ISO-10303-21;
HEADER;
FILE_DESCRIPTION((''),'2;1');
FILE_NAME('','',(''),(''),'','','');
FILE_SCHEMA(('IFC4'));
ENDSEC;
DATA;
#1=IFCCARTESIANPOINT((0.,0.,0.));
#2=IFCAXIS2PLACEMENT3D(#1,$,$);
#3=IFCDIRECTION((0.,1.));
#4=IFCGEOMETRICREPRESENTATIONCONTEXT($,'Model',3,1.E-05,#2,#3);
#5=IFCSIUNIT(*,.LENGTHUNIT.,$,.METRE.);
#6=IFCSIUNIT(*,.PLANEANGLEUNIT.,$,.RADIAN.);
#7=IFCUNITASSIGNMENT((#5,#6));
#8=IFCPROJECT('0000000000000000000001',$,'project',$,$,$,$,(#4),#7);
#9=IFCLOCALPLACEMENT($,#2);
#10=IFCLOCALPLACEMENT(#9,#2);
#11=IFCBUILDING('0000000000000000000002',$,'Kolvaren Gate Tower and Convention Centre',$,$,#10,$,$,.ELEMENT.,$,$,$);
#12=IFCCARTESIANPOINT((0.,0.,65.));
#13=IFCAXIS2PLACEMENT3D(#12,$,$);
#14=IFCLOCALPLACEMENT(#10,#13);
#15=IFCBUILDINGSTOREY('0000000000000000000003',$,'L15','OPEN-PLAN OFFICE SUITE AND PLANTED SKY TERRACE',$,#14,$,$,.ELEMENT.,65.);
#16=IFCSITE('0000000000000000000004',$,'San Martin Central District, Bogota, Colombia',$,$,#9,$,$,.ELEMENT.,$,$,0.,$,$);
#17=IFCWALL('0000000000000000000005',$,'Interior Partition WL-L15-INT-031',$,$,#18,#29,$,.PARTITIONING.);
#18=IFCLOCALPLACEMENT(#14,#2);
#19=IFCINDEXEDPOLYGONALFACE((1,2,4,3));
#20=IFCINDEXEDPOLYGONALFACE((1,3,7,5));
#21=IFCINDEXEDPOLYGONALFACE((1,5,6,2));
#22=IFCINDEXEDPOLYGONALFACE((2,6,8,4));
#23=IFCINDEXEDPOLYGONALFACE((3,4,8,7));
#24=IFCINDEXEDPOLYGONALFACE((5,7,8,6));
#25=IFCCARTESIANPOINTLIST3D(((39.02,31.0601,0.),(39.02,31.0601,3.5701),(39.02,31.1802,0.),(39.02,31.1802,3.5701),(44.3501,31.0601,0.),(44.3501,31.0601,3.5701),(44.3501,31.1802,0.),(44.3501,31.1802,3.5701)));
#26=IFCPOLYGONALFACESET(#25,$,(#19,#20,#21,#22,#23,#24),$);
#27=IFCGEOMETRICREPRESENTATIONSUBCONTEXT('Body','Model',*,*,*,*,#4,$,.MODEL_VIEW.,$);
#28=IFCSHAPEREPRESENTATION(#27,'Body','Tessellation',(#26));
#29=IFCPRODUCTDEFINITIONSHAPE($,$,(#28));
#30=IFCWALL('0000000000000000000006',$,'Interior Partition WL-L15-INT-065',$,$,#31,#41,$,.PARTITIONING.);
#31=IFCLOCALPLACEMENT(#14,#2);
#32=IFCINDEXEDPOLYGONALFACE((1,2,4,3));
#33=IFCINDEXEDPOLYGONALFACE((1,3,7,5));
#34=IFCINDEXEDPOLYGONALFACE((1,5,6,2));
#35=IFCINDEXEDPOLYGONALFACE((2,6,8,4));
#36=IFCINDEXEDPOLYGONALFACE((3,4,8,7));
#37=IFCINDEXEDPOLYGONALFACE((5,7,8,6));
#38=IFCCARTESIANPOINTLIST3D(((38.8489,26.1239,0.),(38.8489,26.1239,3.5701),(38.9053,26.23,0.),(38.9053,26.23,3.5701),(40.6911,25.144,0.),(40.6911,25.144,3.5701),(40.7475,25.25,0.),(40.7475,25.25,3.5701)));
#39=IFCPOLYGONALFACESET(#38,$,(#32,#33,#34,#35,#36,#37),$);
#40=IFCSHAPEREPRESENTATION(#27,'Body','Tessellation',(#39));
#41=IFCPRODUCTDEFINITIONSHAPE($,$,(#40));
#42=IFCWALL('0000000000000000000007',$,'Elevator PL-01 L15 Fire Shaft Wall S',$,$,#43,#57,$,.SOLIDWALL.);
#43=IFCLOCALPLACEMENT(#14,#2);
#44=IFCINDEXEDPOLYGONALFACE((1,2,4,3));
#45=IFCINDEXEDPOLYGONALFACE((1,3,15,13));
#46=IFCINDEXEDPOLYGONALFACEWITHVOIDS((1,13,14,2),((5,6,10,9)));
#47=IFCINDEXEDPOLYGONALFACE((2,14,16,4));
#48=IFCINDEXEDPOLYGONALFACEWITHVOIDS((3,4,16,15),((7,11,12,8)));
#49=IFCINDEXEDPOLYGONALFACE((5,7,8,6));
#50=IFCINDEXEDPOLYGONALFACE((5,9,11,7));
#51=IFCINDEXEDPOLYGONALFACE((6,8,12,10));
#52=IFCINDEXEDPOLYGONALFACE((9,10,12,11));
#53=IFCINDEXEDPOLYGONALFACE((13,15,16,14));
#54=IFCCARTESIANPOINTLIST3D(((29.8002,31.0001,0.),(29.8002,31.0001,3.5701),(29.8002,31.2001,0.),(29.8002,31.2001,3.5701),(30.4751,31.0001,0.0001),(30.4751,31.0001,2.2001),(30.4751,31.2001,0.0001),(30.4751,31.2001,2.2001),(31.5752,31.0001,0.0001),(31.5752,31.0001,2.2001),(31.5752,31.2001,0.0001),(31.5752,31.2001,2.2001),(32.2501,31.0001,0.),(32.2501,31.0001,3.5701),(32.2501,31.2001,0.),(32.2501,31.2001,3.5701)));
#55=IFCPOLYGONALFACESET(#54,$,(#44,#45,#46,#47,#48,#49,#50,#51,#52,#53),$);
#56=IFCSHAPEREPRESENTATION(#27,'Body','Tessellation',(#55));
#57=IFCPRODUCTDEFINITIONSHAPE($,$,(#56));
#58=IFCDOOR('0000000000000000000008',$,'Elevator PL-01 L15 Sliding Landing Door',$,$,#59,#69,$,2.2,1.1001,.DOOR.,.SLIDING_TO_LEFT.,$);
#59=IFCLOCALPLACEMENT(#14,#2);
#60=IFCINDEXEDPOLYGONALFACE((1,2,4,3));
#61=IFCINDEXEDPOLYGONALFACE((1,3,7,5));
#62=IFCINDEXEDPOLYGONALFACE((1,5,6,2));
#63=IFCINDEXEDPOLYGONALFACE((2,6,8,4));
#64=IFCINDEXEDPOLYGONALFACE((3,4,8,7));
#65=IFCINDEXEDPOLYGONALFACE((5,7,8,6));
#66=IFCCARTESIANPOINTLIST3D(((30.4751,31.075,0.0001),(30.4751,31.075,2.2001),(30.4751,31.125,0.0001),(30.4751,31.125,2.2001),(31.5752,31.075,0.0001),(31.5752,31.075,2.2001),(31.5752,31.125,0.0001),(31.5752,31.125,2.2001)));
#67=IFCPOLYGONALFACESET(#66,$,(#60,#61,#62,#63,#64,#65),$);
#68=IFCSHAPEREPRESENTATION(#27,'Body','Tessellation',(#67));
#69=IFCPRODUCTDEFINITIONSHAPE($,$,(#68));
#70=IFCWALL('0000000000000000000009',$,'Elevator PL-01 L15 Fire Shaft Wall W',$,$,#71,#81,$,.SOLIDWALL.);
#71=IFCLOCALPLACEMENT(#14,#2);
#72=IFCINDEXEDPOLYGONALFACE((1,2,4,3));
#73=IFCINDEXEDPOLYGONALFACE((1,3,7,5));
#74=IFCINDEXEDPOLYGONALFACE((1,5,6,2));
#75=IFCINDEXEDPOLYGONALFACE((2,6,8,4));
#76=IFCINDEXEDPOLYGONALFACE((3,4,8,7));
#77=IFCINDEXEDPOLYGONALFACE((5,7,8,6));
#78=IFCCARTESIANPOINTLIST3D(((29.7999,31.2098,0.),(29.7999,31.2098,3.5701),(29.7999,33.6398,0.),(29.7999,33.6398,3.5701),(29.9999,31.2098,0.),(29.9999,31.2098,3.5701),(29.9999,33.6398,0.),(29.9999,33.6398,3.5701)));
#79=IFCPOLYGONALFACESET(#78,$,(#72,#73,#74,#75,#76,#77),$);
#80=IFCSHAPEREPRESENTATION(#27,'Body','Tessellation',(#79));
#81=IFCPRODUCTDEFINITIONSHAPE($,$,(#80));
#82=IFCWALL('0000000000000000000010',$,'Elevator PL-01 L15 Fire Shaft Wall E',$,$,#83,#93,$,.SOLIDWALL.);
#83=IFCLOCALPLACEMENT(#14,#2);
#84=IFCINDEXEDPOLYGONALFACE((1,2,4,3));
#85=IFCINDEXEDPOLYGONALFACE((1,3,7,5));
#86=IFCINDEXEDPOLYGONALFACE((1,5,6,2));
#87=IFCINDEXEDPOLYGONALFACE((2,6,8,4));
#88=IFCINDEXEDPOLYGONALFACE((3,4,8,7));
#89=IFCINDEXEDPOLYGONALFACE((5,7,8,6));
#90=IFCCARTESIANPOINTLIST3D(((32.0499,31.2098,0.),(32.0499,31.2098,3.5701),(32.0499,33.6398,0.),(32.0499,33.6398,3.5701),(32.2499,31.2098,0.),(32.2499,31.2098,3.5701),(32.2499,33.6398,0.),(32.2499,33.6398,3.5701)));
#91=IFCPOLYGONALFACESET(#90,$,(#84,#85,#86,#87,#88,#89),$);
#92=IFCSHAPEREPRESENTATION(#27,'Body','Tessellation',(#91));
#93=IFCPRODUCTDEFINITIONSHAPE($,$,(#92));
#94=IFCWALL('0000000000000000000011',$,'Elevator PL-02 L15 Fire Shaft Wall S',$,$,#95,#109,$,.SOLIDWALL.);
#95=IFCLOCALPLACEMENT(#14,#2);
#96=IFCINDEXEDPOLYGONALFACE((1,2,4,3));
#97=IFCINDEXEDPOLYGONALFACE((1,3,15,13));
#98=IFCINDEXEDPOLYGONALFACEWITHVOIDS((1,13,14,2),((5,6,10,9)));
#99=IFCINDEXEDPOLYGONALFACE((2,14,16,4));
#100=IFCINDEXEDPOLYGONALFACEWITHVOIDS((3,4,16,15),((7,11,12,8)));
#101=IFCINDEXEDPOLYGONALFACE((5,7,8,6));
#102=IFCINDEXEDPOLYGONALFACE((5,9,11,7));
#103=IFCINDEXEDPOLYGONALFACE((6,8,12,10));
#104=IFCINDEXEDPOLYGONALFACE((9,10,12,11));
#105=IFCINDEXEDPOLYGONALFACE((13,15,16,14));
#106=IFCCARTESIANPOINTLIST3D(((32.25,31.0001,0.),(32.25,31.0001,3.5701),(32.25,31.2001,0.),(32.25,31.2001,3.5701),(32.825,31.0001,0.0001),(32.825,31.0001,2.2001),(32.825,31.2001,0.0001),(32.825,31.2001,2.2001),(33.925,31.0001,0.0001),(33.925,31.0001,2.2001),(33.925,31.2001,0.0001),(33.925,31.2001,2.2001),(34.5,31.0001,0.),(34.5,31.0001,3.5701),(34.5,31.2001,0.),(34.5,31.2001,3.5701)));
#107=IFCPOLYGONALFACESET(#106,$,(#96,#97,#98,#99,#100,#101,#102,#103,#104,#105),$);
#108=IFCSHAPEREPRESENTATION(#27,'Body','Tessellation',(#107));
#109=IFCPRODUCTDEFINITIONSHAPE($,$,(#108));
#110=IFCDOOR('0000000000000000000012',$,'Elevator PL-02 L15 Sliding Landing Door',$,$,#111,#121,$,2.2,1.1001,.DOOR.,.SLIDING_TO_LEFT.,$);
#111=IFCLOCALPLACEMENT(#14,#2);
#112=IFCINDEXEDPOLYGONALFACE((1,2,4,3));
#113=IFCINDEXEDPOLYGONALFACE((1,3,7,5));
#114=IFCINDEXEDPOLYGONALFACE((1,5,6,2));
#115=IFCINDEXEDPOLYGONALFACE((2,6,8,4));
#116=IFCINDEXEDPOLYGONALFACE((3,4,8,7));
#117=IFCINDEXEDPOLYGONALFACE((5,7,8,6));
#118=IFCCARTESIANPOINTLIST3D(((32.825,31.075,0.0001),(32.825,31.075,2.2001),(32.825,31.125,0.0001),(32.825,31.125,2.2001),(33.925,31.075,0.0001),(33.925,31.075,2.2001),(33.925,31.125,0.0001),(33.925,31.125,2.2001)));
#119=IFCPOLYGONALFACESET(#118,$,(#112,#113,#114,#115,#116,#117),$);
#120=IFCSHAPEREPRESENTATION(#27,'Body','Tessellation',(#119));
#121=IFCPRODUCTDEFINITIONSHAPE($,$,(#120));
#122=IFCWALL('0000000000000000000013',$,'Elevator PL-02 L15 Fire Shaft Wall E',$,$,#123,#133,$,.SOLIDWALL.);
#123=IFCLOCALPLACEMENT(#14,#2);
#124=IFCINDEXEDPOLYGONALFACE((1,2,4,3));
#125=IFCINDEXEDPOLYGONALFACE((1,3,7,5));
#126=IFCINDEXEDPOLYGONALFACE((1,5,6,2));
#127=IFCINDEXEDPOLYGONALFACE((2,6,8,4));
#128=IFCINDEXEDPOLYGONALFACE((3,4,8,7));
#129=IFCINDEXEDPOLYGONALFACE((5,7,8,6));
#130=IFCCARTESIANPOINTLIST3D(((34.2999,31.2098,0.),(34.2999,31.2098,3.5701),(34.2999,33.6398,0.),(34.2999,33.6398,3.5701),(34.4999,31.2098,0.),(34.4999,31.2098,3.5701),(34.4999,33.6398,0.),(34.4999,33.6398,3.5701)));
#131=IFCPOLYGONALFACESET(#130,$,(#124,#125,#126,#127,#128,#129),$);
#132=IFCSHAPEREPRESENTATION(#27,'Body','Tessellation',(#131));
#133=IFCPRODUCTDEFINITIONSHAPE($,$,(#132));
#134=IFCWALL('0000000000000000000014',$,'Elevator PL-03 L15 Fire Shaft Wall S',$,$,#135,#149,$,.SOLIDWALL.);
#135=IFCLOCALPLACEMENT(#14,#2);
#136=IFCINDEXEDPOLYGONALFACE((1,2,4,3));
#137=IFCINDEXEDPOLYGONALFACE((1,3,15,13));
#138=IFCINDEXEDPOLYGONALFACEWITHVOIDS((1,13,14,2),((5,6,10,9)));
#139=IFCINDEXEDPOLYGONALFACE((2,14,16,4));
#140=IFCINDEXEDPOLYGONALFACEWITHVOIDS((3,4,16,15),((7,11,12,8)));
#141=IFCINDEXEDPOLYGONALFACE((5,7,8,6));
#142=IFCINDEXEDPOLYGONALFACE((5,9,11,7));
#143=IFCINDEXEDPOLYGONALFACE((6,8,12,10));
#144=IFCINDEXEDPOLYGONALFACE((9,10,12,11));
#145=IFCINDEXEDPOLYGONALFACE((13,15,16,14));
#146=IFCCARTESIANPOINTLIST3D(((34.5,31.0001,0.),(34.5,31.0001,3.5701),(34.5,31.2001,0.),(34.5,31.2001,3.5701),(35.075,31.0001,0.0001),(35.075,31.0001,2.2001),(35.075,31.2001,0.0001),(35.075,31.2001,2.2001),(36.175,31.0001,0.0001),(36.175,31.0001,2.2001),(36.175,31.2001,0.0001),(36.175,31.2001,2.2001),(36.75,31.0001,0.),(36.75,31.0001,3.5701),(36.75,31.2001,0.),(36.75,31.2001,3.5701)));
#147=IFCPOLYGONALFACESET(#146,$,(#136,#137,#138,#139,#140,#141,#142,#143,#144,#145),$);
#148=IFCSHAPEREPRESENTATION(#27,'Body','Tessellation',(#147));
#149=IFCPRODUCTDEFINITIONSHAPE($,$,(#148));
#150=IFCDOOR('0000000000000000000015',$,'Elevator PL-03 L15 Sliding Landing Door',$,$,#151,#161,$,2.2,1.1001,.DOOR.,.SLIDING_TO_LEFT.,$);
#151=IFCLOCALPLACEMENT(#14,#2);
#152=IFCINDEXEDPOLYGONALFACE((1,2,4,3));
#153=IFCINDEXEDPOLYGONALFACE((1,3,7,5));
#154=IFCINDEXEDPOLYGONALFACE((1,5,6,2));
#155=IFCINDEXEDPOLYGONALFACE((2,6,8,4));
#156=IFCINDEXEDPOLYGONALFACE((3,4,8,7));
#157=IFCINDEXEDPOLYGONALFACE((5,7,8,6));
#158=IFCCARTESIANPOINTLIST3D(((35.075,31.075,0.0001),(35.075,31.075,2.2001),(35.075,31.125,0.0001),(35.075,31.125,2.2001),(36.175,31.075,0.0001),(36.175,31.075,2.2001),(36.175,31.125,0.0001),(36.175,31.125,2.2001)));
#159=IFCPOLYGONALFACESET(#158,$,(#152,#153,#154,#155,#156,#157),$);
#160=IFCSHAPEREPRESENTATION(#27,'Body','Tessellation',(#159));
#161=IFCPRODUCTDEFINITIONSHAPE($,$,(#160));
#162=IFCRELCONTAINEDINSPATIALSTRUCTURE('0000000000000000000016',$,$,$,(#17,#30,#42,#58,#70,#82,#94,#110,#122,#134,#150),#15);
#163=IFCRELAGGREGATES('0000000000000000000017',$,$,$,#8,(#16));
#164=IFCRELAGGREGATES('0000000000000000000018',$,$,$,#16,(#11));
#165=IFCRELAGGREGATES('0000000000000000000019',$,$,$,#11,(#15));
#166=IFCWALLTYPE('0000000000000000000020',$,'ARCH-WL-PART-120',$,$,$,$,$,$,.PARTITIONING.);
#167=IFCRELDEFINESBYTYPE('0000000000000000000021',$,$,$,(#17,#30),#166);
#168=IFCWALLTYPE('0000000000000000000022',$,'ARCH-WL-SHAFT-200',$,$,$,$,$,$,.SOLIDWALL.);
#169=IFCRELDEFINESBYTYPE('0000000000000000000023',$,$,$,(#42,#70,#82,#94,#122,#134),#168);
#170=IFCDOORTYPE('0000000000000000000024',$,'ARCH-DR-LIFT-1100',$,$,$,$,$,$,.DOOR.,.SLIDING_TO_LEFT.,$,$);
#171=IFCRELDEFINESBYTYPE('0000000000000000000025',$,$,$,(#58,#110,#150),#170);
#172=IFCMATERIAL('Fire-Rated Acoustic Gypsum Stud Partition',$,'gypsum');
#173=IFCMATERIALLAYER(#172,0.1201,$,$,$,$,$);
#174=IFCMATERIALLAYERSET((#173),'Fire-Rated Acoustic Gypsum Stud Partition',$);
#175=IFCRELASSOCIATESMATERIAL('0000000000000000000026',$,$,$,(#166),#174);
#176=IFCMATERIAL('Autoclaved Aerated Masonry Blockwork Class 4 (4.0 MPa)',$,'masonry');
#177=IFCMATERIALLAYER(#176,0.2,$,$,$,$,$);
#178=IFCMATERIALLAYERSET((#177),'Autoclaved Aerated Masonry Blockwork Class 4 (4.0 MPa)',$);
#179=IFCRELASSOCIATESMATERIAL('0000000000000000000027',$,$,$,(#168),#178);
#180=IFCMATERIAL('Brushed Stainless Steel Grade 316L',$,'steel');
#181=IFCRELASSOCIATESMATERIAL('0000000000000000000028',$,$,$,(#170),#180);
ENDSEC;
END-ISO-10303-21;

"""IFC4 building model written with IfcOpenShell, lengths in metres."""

from ifc_helpers import new_model, si_unit, direction, frame, frame_2d, origin, place, context, subcontext, project, spatial, rectangle, extrude, material, layer, layer_set, type_object, element, fill, save


model = new_model("IFC4")

# Units and contexts
model_context = context("Model", 3, precision=1e-05, world=origin(), true_north=direction((0.0, 1.0)))
body_context = subcontext(model_context, "Body", "Model", "MODEL_VIEW")
ifc_project = project(units=[si_unit("LENGTHUNIT", "METRE"), si_unit("PLANEANGLEUNIT", "RADIAN")], contexts=[model_context])

# Site, building, storey
site_placement = place(None, origin())
site = spatial("IfcSite", under=ifc_project, at=site_placement, Name="San Martin Central District, Bogota, Colombia", CompositionType="ELEMENT", RefElevation=0.0)
building_placement = place(site_placement, origin())
building = spatial("IfcBuilding", under=site, at=building_placement, Name="Kolvaren Gate Tower and Convention Centre", CompositionType="ELEMENT")
storey_placement = place(building_placement, frame((0.0, 0.0, 65.0)))
storey = spatial("IfcBuildingStorey", under=building, at=storey_placement, Name="L15", Description="OPEN-PLAN OFFICE SUITE AND PLANTED SKY TERRACE", CompositionType="ELEMENT", Elevation=65.0)

# Walls
ifc_material_1 = material(Name="Fire-Rated Acoustic Gypsum Stud Partition", Category="gypsum")
ifc_layer_1 = layer(ifc_material_1, 0.1201)
ifc_layer_set_1 = layer_set([ifc_layer_1], Name="Fire-Rated Acoustic Gypsum Stud Partition")
wall_type_1 = type_object("IfcWallType", Name="ARCH-WL-PART-120", PredefinedType="PARTITIONING", material=ifc_layer_set_1)
wall_1_placement = place(storey_placement, frame((39.02, 31.1201, 0.0), z_axis=(0.0, 0.0, 1.0), x_axis=(1.0, 0.0, 0.0)))
element("IfcWall", 1, at=wall_1_placement, inside=storey, type_object=wall_type_1, Name="Interior Partition WL-L15-INT-031", PredefinedType="PARTITIONING", context=body_context, shape_type="SweptSolid", body=[
    extrude(rectangle(XDim=5.3301, YDim=0.1201, at=frame_2d((2.665, 0.0))), origin(), (0.0, 0.0, 1.0), 3.5701),
])
wall_2_placement = place(storey_placement, frame((38.877, 26.177, 0.0), z_axis=(0.0, 0.0, 1.0), x_axis=(0.882864, -0.469628, 0.0)))
element("IfcWall", 2, at=wall_2_placement, inside=storey, type_object=wall_type_1, Name="Interior Partition WL-L15-INT-065", PredefinedType="PARTITIONING", context=body_context, shape_type="SweptSolid", body=[
    extrude(rectangle(XDim=2.0867, YDim=0.1201, at=frame_2d((1.0435, 0.0))), origin(), (0.0, 0.0, 1.0), 3.5701),
])

# Wall, opening, door
ifc_material_2 = material(Name="Autoclaved Aerated Masonry Blockwork Class 4 (4.0 MPa)", Category="masonry")
ifc_layer_2 = layer(ifc_material_2, 0.2)
ifc_layer_set_2 = layer_set([ifc_layer_2], Name="Autoclaved Aerated Masonry Blockwork Class 4 (4.0 MPa)")
wall_type_2 = type_object("IfcWallType", Name="ARCH-WL-SHAFT-200", PredefinedType="SOLIDWALL", material=ifc_layer_set_2)
wall_3_placement = place(storey_placement, frame((29.8, 31.1001, 0.0), z_axis=(0.0, 0.0, 1.0), x_axis=(1.0, 0.0, 0.0)))
wall_3 = element("IfcWall", 3, at=wall_3_placement, inside=storey, type_object=wall_type_2, Name="Elevator PL-01 L15 Fire Shaft Wall S", PredefinedType="SOLIDWALL", context=body_context, shape_type="SweptSolid", body=[
    extrude(rectangle(XDim=2.45, YDim=0.2, at=frame_2d((1.2251, 0.0))), origin(), (0.0, 0.0, 1.0), 3.5701),
])
opening_1_placement = place(wall_3_placement, frame((0.675, 0.0, 0.0)))
opening_1 = element("IfcOpeningElement", 4, at=opening_1_placement, cuts=wall_3, PredefinedType="OPENING", context=body_context, shape_type="SweptSolid", body=[
    extrude(rectangle(XDim=1.1001, YDim=2.2, at=frame_2d((0.55, 1.1001))), frame((0.0, 0.1099, 0.0), z_axis=(0.0, -1.0, 0.0), x_axis=(1.0, 0.0, 0.0)), (0.0, 0.0, 1.0), 0.22),
])
ifc_material_3 = material(Name="Brushed Stainless Steel Grade 316L", Category="steel")
door_type_1 = type_object("IfcDoorType", Name="ARCH-DR-LIFT-1100", OperationType="SLIDING_TO_LEFT", PredefinedType="DOOR", material=ifc_material_3)
door_1_placement = place(opening_1_placement, origin())
door_1 = element("IfcDoor", 5, at=door_1_placement, inside=storey, type_object=door_type_1, Name="Elevator PL-01 L15 Sliding Landing Door", OperationType="SLIDING_TO_LEFT", OverallHeight=2.2, OverallWidth=1.1001, PredefinedType="DOOR", context=body_context, shape_type="SweptSolid", body=[
    extrude(rectangle(XDim=1.1001, YDim=2.2, at=frame_2d((0.55, 1.1001))), frame((0.0, 0.0249, 0.0), z_axis=(0.0, -1.0, 0.0), x_axis=(1.0, 0.0, 0.0)), (0.0, 0.0, 1.0), 0.05),
])
fill(opening_1, door_1)

# Walls
for number, where, z_axis, x_axis, name in (
    (6, (29.8999, 31.21, 0.0), (0.0, 0.0, 1.0), (0.0, 1.0, 0.0), "Elevator PL-01 L15 Fire Shaft Wall W"),
    (7, (32.1499, 31.21, 0.0), (0.0, 0.0, 1.0), (0.0, 1.0, 0.0), "Elevator PL-01 L15 Fire Shaft Wall E"),
):
    element("IfcWall", number, at=place(storey_placement, frame(where, z_axis=z_axis, x_axis=x_axis)), inside=storey, type_object=wall_type_2, Name=name, PredefinedType="SOLIDWALL", context=body_context, shape_type="SweptSolid", body=[
        extrude(rectangle(XDim=2.4299, YDim=0.2, at=frame_2d((1.2148, 0.0))), origin(), (0.0, 0.0, 1.0), 3.5701),
    ])

# Wall, opening, door
wall_4_placement = place(storey_placement, frame((32.25, 31.1001, 0.0), z_axis=(0.0, 0.0, 1.0), x_axis=(1.0, 0.0, 0.0)))
wall_4 = element("IfcWall", 8, at=wall_4_placement, inside=storey, type_object=wall_type_2, Name="Elevator PL-02 L15 Fire Shaft Wall S", PredefinedType="SOLIDWALL", context=body_context, shape_type="SweptSolid", body=[
    extrude(rectangle(XDim=2.25, YDim=0.2, at=frame_2d((1.125, 0.0))), origin(), (0.0, 0.0, 1.0), 3.5701),
])
opening_2_placement = place(wall_4_placement, frame((0.575, 0.0, 0.0)))
opening_2 = element("IfcOpeningElement", 9, at=opening_2_placement, cuts=wall_4, PredefinedType="OPENING", context=body_context, shape_type="SweptSolid", body=[
    extrude(rectangle(XDim=1.1001, YDim=2.2, at=frame_2d((0.55, 1.1001))), frame((0.0, 0.1099, 0.0), z_axis=(0.0, -1.0, 0.0), x_axis=(1.0, 0.0, 0.0)), (0.0, 0.0, 1.0), 0.22),
])
door_2_placement = place(opening_2_placement, origin())
door_2 = element("IfcDoor", 10, at=door_2_placement, inside=storey, type_object=door_type_1, Name="Elevator PL-02 L15 Sliding Landing Door", OperationType="SLIDING_TO_LEFT", OverallHeight=2.2, OverallWidth=1.1001, PredefinedType="DOOR", context=body_context, shape_type="SweptSolid", body=[
    extrude(rectangle(XDim=1.1001, YDim=2.2, at=frame_2d((0.55, 1.1001))), frame((0.0, 0.0249, 0.0), z_axis=(0.0, -1.0, 0.0), x_axis=(1.0, 0.0, 0.0)), (0.0, 0.0, 1.0), 0.05),
])
fill(opening_2, door_2)

# Wall
wall_5_placement = place(storey_placement, frame((34.3999, 31.21, 0.0), z_axis=(0.0, 0.0, 1.0), x_axis=(0.0, 1.0, 0.0)))
element("IfcWall", 11, at=wall_5_placement, inside=storey, type_object=wall_type_2, Name="Elevator PL-02 L15 Fire Shaft Wall E", PredefinedType="SOLIDWALL", context=body_context, shape_type="SweptSolid", body=[
    extrude(rectangle(XDim=2.4299, YDim=0.2, at=frame_2d((1.2148, 0.0))), origin(), (0.0, 0.0, 1.0), 3.5701),
])

# Wall, opening, door
wall_6_placement = place(storey_placement, frame((34.5, 31.1001, 0.0), z_axis=(0.0, 0.0, 1.0), x_axis=(1.0, 0.0, 0.0)))
wall_6 = element("IfcWall", 12, at=wall_6_placement, inside=storey, type_object=wall_type_2, Name="Elevator PL-03 L15 Fire Shaft Wall S", PredefinedType="SOLIDWALL", context=body_context, shape_type="SweptSolid", body=[
    extrude(rectangle(XDim=2.25, YDim=0.2, at=frame_2d((1.125, 0.0))), origin(), (0.0, 0.0, 1.0), 3.5701),
])
opening_3_placement = place(wall_6_placement, frame((0.575, 0.0, 0.0)))
opening_3 = element("IfcOpeningElement", 13, at=opening_3_placement, cuts=wall_6, PredefinedType="OPENING", context=body_context, shape_type="SweptSolid", body=[
    extrude(rectangle(XDim=1.1001, YDim=2.2, at=frame_2d((0.55, 1.1001))), frame((0.0, 0.1099, 0.0), z_axis=(0.0, -1.0, 0.0), x_axis=(1.0, 0.0, 0.0)), (0.0, 0.0, 1.0), 0.22),
])
door_3_placement = place(opening_3_placement, origin())
door_3 = element("IfcDoor", 14, at=door_3_placement, inside=storey, type_object=door_type_1, Name="Elevator PL-03 L15 Sliding Landing Door", OperationType="SLIDING_TO_LEFT", OverallHeight=2.2, OverallWidth=1.1001, PredefinedType="DOOR", context=body_context, shape_type="SweptSolid", body=[
    extrude(rectangle(XDim=1.1001, YDim=2.2, at=frame_2d((0.55, 1.1001))), frame((0.0, 0.0249, 0.0), z_axis=(0.0, -1.0, 0.0), x_axis=(1.0, 0.0, 0.0)), (0.0, 0.0, 1.0), 0.05),
])
fill(opening_3, door_3)

save(model, "model.ifc")
